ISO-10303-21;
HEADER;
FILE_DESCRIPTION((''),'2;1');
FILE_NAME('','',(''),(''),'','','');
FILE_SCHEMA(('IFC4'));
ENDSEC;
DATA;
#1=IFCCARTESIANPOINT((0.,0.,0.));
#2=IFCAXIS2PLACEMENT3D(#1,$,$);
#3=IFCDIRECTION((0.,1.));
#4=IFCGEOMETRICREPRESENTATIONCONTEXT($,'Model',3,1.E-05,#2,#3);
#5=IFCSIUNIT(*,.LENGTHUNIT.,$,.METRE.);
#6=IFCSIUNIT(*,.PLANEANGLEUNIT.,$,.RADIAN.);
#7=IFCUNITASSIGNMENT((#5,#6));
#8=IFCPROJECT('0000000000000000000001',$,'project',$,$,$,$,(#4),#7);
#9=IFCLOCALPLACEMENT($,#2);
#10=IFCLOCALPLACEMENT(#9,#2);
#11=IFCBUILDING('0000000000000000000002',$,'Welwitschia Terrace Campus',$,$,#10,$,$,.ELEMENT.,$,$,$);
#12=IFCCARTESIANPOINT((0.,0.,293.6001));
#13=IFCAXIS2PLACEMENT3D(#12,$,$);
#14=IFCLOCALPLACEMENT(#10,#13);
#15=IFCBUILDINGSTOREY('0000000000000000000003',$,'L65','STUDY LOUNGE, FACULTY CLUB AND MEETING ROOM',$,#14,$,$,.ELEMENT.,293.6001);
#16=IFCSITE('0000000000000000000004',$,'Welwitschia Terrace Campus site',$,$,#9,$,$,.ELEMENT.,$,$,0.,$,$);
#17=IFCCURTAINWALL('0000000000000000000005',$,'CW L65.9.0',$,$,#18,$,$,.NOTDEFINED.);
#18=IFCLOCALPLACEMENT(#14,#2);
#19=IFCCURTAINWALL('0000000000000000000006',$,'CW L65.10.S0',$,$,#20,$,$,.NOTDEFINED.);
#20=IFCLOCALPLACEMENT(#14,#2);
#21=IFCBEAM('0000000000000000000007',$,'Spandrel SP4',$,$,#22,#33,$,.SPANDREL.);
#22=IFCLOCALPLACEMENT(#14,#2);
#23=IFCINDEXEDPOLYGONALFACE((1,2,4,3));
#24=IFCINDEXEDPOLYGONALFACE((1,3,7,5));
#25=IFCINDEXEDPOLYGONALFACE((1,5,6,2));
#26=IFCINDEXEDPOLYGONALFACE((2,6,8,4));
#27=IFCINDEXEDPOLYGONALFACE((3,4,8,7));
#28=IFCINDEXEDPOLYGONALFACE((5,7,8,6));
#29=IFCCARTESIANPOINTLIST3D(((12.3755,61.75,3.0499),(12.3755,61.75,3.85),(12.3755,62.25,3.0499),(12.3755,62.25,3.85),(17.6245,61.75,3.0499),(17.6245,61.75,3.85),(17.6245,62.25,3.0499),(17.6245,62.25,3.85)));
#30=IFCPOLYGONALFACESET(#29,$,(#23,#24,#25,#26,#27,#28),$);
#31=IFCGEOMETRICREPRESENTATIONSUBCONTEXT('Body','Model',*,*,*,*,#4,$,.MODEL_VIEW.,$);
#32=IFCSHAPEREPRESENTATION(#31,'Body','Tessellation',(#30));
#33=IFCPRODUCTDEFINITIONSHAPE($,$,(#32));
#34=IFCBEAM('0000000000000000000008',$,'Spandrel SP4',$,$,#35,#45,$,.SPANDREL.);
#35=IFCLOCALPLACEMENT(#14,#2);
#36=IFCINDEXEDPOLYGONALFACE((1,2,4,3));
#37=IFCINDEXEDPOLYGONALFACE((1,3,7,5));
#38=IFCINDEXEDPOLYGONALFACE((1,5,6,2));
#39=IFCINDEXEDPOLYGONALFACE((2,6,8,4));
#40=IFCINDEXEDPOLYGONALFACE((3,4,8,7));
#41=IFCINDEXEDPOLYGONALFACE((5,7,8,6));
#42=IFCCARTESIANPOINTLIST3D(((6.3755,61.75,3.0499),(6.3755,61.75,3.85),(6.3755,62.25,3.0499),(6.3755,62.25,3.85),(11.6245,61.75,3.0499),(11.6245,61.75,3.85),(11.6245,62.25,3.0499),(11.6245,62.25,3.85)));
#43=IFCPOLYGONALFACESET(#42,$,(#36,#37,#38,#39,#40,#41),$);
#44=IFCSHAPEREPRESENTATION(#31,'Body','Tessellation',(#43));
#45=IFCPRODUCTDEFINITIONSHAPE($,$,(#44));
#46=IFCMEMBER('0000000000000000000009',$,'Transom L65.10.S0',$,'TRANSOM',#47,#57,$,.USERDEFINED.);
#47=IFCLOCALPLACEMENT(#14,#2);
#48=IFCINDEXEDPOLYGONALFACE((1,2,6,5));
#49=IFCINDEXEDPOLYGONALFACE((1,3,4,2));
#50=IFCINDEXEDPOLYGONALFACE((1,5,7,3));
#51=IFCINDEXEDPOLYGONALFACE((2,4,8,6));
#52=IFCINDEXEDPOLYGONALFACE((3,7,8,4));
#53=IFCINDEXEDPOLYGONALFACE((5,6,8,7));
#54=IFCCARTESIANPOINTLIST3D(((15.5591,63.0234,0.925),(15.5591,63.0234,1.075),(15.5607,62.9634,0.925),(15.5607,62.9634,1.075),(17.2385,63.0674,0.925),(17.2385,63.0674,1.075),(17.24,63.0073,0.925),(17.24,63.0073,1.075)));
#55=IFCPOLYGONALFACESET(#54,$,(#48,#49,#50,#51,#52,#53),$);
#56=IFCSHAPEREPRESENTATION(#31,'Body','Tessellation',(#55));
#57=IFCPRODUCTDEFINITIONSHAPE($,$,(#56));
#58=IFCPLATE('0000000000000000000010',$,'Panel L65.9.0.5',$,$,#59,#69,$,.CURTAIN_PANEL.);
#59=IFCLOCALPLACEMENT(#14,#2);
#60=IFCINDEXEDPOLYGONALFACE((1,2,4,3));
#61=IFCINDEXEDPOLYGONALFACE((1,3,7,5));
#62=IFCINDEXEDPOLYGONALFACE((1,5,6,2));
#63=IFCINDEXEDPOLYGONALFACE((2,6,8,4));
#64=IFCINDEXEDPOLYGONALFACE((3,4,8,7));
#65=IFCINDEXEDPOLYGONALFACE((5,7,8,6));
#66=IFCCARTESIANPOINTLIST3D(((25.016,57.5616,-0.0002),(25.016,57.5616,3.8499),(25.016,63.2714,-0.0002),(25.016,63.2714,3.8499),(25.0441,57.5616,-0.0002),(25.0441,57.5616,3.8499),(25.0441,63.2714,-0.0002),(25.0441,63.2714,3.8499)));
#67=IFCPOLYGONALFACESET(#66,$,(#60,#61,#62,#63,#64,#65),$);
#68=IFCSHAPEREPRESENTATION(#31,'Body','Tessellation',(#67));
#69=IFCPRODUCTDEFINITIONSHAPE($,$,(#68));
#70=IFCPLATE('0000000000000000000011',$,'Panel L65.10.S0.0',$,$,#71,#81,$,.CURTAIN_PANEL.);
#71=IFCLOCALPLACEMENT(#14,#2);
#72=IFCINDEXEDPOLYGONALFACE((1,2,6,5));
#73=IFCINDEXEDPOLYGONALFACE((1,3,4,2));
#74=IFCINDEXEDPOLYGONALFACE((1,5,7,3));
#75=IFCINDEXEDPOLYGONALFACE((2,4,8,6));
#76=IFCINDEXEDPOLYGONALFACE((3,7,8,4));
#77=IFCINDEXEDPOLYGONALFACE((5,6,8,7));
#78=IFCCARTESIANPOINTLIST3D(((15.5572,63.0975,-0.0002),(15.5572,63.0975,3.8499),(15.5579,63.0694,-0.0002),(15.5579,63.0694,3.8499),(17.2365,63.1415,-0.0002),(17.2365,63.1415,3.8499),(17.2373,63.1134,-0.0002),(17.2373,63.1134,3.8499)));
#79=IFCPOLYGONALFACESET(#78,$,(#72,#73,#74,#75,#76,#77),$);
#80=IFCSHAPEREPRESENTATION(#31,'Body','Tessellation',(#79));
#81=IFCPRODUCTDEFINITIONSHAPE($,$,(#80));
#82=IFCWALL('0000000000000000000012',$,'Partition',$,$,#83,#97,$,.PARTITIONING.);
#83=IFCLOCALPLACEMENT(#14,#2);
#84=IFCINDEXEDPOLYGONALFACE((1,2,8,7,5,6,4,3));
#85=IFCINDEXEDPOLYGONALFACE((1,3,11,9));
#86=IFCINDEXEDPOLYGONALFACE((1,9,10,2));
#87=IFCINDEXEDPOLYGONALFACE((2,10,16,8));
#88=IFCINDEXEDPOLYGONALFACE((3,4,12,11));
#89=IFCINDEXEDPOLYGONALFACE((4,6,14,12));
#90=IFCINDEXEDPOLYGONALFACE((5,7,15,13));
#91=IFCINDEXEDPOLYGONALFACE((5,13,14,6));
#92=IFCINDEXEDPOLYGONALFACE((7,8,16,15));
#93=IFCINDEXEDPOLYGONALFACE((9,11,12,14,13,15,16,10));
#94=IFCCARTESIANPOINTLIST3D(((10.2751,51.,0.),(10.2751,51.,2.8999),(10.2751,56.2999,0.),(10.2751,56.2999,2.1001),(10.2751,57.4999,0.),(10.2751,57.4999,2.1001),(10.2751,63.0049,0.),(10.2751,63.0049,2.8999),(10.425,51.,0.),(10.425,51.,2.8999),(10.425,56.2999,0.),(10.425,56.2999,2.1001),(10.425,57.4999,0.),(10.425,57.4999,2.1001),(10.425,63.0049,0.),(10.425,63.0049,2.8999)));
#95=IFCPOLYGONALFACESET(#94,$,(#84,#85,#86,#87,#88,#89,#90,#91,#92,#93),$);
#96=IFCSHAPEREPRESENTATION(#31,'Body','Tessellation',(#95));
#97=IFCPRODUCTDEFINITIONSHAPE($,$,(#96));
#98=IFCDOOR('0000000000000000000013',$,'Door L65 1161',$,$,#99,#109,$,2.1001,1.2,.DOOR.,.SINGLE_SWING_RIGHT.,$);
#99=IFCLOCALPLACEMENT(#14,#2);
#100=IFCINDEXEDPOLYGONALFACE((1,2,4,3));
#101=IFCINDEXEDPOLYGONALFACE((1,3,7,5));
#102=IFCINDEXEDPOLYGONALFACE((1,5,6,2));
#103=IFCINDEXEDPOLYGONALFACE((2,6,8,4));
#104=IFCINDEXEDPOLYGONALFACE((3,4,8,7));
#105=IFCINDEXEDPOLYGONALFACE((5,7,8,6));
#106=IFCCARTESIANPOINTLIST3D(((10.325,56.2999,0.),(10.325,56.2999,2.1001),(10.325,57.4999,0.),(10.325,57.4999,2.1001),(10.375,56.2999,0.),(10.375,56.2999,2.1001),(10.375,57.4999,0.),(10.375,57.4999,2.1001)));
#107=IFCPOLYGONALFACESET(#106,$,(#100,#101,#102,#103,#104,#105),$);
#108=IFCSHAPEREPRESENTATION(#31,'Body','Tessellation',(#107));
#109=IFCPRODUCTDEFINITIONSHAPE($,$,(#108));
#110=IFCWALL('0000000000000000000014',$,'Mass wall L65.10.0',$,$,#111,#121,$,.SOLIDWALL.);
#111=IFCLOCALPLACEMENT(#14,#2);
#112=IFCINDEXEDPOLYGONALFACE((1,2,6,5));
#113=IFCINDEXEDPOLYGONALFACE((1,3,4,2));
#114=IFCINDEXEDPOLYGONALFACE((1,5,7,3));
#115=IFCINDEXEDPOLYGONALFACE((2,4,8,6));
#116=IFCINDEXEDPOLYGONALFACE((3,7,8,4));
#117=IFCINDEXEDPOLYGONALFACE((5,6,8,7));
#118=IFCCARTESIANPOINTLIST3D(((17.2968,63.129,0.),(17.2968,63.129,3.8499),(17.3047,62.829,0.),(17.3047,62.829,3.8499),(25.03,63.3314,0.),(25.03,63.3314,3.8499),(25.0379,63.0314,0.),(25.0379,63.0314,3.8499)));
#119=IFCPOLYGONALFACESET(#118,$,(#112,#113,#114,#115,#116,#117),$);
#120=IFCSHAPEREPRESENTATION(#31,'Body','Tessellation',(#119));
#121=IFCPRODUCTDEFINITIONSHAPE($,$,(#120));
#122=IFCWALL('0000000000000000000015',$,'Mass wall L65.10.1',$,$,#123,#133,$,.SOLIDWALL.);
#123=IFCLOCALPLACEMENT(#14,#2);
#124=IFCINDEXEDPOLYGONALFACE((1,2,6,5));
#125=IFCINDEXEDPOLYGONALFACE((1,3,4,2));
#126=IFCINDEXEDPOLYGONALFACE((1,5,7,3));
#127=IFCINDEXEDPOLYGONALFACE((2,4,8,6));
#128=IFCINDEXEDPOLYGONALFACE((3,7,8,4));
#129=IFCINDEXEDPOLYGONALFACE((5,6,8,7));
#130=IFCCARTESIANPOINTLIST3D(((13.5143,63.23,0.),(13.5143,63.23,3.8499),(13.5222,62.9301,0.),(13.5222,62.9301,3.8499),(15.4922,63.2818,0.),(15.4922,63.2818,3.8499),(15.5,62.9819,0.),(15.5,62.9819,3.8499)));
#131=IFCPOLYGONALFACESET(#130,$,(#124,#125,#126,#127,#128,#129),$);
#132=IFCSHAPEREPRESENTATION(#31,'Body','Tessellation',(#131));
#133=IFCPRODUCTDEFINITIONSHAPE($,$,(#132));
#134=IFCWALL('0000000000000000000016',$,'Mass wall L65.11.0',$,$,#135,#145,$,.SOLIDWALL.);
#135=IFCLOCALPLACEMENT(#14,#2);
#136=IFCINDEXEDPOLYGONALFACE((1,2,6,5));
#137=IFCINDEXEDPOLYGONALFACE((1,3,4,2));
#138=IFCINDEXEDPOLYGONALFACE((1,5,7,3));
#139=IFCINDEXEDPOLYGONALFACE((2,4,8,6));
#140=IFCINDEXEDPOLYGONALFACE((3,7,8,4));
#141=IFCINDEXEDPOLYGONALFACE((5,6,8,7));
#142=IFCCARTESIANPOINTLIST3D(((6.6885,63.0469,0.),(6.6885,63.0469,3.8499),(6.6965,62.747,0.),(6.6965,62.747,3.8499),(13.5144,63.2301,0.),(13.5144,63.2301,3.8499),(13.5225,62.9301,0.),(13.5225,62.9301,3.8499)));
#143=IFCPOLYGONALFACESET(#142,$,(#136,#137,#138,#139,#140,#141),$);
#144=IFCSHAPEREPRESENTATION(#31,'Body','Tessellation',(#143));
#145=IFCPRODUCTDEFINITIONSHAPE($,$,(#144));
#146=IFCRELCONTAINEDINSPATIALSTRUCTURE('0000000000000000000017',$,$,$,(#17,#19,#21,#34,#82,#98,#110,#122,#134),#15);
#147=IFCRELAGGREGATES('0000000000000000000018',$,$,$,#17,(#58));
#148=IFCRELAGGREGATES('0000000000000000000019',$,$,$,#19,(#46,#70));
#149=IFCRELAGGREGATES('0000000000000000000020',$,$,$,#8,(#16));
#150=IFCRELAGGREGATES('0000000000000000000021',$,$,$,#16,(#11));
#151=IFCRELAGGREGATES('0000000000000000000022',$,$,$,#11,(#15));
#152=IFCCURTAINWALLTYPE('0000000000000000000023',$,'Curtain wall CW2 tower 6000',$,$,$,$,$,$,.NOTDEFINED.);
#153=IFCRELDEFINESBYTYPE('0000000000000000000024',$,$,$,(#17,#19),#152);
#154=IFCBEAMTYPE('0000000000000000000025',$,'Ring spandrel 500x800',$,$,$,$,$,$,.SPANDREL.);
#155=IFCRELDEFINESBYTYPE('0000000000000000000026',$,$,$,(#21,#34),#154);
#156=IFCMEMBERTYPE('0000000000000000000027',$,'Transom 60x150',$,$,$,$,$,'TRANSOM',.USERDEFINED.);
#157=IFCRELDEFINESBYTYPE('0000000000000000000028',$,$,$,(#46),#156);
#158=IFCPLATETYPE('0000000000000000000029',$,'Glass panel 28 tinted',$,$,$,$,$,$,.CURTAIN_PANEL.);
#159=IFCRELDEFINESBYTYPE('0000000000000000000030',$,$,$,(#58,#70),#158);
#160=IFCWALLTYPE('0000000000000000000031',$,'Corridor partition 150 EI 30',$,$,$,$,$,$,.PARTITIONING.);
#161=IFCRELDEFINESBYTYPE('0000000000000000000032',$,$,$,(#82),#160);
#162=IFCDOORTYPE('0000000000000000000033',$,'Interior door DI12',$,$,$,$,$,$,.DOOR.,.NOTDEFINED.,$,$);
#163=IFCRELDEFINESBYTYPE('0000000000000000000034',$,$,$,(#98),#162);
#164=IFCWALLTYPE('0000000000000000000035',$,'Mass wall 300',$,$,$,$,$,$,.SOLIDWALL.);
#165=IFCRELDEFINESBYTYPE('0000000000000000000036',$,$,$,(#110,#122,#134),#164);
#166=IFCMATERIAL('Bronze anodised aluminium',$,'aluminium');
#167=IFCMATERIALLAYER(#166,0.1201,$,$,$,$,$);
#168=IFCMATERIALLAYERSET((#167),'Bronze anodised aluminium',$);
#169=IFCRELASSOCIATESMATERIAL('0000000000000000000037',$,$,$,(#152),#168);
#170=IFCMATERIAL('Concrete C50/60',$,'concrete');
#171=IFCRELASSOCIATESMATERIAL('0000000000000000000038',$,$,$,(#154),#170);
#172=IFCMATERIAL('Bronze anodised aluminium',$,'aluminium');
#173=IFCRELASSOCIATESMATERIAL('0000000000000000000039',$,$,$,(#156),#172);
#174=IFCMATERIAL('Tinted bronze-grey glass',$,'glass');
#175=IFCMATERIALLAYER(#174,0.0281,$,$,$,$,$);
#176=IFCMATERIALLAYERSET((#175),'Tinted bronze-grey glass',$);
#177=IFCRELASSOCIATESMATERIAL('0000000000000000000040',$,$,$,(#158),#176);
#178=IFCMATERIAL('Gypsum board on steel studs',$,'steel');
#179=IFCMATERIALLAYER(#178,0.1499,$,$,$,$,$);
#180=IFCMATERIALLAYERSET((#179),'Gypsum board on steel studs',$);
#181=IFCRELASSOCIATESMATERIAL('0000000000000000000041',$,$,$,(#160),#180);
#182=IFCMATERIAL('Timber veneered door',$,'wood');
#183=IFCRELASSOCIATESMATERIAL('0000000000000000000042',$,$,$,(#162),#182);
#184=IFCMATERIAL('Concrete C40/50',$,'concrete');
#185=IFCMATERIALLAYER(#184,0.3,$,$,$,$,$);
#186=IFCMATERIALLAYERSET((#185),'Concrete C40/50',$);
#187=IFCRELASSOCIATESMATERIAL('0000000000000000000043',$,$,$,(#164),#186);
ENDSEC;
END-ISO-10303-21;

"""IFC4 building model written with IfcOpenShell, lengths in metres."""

from ifc_helpers import new_model, si_unit, direction, frame, frame_2d, origin, origin_2d, place, context, subcontext, project, spatial, rectangle, extrude, material, layer, layer_set, material_profile, profile_set, type_object, element, fill, aggregate, save


model = new_model("IFC4")

# Units and contexts
model_context = context("Model", 3, precision=1e-05, world=origin(), true_north=direction((0.0, 1.0)))
body_context = subcontext(model_context, "Body", "Model", "MODEL_VIEW")
ifc_project = project(units=[si_unit("LENGTHUNIT", "METRE"), si_unit("PLANEANGLEUNIT", "RADIAN")], contexts=[model_context])

# Site, building, storey
site_placement = place(None, origin())
site = spatial("IfcSite", under=ifc_project, at=site_placement, Name="Welwitschia Terrace Campus site", CompositionType="ELEMENT", RefElevation=0.0)
building_placement = place(site_placement, origin())
building = spatial("IfcBuilding", under=site, at=building_placement, Name="Welwitschia Terrace Campus", CompositionType="ELEMENT")
storey_placement = place(building_placement, frame((0.0, 0.0, 293.6001)))
storey = spatial("IfcBuildingStorey", under=building, at=storey_placement, Name="L65", Description="STUDY LOUNGE, FACULTY CLUB AND MEETING ROOM", CompositionType="ELEMENT", Elevation=293.6001)

# Curtain walls
ifc_material_1 = material(Name="Bronze anodised aluminium", Category="aluminium")
ifc_layer_1 = layer(ifc_material_1, 0.1201)
ifc_layer_set_1 = layer_set([ifc_layer_1], Name="Bronze anodised aluminium")
curtain_wall_type = type_object("IfcCurtainWallType", Name="Curtain wall CW2 tower 6000", PredefinedType="NOTDEFINED", material=ifc_layer_set_1)
curtain_wall_1_placement = place(storey_placement, origin())
curtain_wall_1 = element("IfcCurtainWall", 1, at=curtain_wall_1_placement, inside=storey, type_object=curtain_wall_type, Name="CW L65.9.0", PredefinedType="NOTDEFINED")
curtain_wall_2_placement = place(storey_placement, origin())
curtain_wall_2 = element("IfcCurtainWall", 2, at=curtain_wall_2_placement, inside=storey, type_object=curtain_wall_type, Name="CW L65.10.S0", PredefinedType="NOTDEFINED")

# Beams
ifc_material_2 = material(Name="Concrete C50/60", Category="concrete")
ifc_material_profile_1 = material_profile(ifc_material_2, rectangle(XDim=0.5, YDim=0.8, at=origin_2d()))
ifc_profile_set_1 = profile_set([ifc_material_profile_1], Name="Concrete C50/60")
beam_type_1 = type_object("IfcBeamType", Name="Ring spandrel 500x800", PredefinedType="SPANDREL", material=ifc_profile_set_1)
for number, where, z_axis, x_axis, name in (
    (3, (17.6245, 62.0, 3.45), (-1.0, 0.0, 0.0), (0.0, -1.0, 0.0), "Spandrel SP4"),
    (4, (11.6245, 62.0, 3.45), (-1.0, 0.0, 0.0), (0.0, -1.0, 0.0), "Spandrel SP4"),
):
    element("IfcBeam", number, at=place(storey_placement, frame(where, z_axis=z_axis, x_axis=x_axis)), inside=storey, type_object=beam_type_1, Name=name, PredefinedType="SPANDREL", context=body_context, shape_type="SweptSolid", body=[
        extrude(rectangle(XDim=0.5, YDim=0.8, at=origin_2d()), origin(), (0.0, 0.0, 1.0), 5.249),
    ])

# Member
ifc_material_3 = material(Name="Bronze anodised aluminium", Category="aluminium")
ifc_material_profile_2 = material_profile(ifc_material_3, rectangle(XDim=0.0601, YDim=0.1499, at=origin_2d()))
ifc_profile_set_2 = profile_set([ifc_material_profile_2], Name="Bronze anodised aluminium")
member_type_1 = type_object("IfcMemberType", Name="Transom 60x150", ElementType="TRANSOM", PredefinedType="USERDEFINED", material=ifc_profile_set_2)
member_1_placement = place(storey_placement, frame((17.2393, 63.0374, 1.0), z_axis=(-0.999658, -0.026158, 0.0), x_axis=(0.026158, -0.999658, 0.0)))
member_1 = element("IfcMember", 5, at=member_1_placement, type_object=member_type_1, Name="Transom L65.10.S0", ObjectType="TRANSOM", PredefinedType="USERDEFINED", context=body_context, shape_type="SweptSolid", body=[
    extrude(rectangle(XDim=0.0601, YDim=0.1499, at=origin_2d()), origin(), (0.0, 0.0, 1.0), 1.6799),
])

# Plates
ifc_material_4 = material(Name="Tinted bronze-grey glass", Category="glass")
ifc_layer_2 = layer(ifc_material_4, 0.0281)
ifc_layer_set_2 = layer_set([ifc_layer_2], Name="Tinted bronze-grey glass")
plate_type = type_object("IfcPlateType", Name="Glass panel 28 tinted", PredefinedType="CURTAIN_PANEL", material=ifc_layer_set_2)
plate_1_placement = place(storey_placement, frame((25.03, 60.4165, -0.0002), z_axis=(0.0, 0.0, 1.0), x_axis=(0.0, 1.0, 0.0)))
plate_1 = element("IfcPlate", 6, at=plate_1_placement, type_object=plate_type, Name="Panel L65.9.0.5", PredefinedType="CURTAIN_PANEL", context=body_context, shape_type="SweptSolid", body=[
    extrude(rectangle(XDim=5.7097, YDim=0.0281, at=origin_2d()), origin(), (0.0, 0.0, 1.0), 3.8501),
])
aggregate(curtain_wall_1, [plate_1])
plate_2_placement = place(storey_placement, frame((16.3972, 63.1055, -0.0002), z_axis=(0.0, 0.0, 1.0), x_axis=(-0.999657, -0.026177, 0.0)))
plate_2 = element("IfcPlate", 7, at=plate_2_placement, type_object=plate_type, Name="Panel L65.10.S0.0", PredefinedType="CURTAIN_PANEL", context=body_context, shape_type="SweptSolid", body=[
    extrude(rectangle(XDim=1.6799, YDim=0.0281, at=origin_2d()), origin(), (0.0, 0.0, 1.0), 3.8501),
])
aggregate(curtain_wall_2, [member_1, plate_2])

# Wall, opening, door
ifc_material_5 = material(Name="Gypsum board on steel studs", Category="steel")
ifc_layer_3 = layer(ifc_material_5, 0.1499)
ifc_layer_set_3 = layer_set([ifc_layer_3], Name="Gypsum board on steel studs")
wall_type_1 = type_object("IfcWallType", Name="Corridor partition 150 EI 30", PredefinedType="PARTITIONING", material=ifc_layer_set_3)
wall_1_placement = place(storey_placement, frame((10.3501, 63.0049, 0.0), z_axis=(0.0, 0.0, 1.0), x_axis=(0.0, -1.0, 0.0)))
wall_1 = element("IfcWall", 8, at=wall_1_placement, inside=storey, type_object=wall_type_1, Name="Partition", PredefinedType="PARTITIONING", context=body_context, shape_type="SweptSolid", body=[
    extrude(rectangle(XDim=12.0049, YDim=0.1499, at=frame_2d((6.0024, 0.0))), origin(), (0.0, 0.0, 1.0), 2.8999),
])
opening_placement = place(wall_1_placement, frame((5.5049, 0.0, 0.0)))
opening = element("IfcOpeningElement", 9, at=opening_placement, cuts=wall_1, PredefinedType="OPENING", context=body_context, shape_type="SweptSolid", body=[
    extrude(rectangle(XDim=1.2, YDim=2.1001, at=frame_2d((0.6001, 1.05))), frame((0.0, 0.085, 0.0), z_axis=(0.0, -1.0, 0.0), x_axis=(1.0, 0.0, 0.0)), (0.0, 0.0, 1.0), 0.1699),
])
ifc_material_6 = material(Name="Timber veneered door", Category="wood")
door_type = type_object("IfcDoorType", Name="Interior door DI12", OperationType="NOTDEFINED", PredefinedType="DOOR", material=ifc_material_6)
door_placement = place(opening_placement, origin())
door = element("IfcDoor", 10, at=door_placement, inside=storey, type_object=door_type, Name="Door L65 1161", OperationType="SINGLE_SWING_RIGHT", OverallHeight=2.1001, OverallWidth=1.2, PredefinedType="DOOR", context=body_context, shape_type="SweptSolid", body=[
    extrude(rectangle(XDim=1.2, YDim=2.1001, at=frame_2d((0.6001, 1.05))), frame((0.0, 0.0249, 0.0), z_axis=(0.0, -1.0, 0.0), x_axis=(1.0, 0.0, 0.0)), (0.0, 0.0, 1.0), 0.05),
])
fill(opening, door)

# Walls
ifc_material_7 = material(Name="Concrete C40/50", Category="concrete")
ifc_layer_4 = layer(ifc_material_7, 0.3)
ifc_layer_set_4 = layer_set([ifc_layer_4], Name="Concrete C40/50")
wall_type_2 = type_object("IfcWallType", Name="Mass wall 300", PredefinedType="SOLIDWALL", material=ifc_layer_set_4)
wall_2_placement = place(storey_placement, frame((25.0339, 63.1814, 0.0), z_axis=(0.0, 0.0, 1.0), x_axis=(-0.999658, -0.026163, 0.0)))
element("IfcWall", 11, at=wall_2_placement, inside=storey, type_object=wall_type_2, Name="Mass wall L65.10.0", PredefinedType="SOLIDWALL", context=body_context, shape_type="SweptSolid", body=[
    extrude(rectangle(XDim=7.7358, YDim=0.3, at=frame_2d((3.8679, 0.0))), origin(), (0.0, 0.0, 1.0), 3.8499),
])
wall_3_placement = place(storey_placement, frame((15.4961, 63.1318, 0.0), z_axis=(0.0, 0.0, 1.0), x_axis=(-0.999658, -0.026161, 0.0)))
element("IfcWall", 12, at=wall_3_placement, inside=storey, type_object=wall_type_2, Name="Mass wall L65.10.1", PredefinedType="SOLIDWALL", context=body_context, shape_type="SweptSolid", body=[
    extrude(rectangle(XDim=1.9785, YDim=0.3, at=frame_2d((0.9893, 0.0))), origin(), (0.0, 0.0, 1.0), 3.8499),
])
wall_4_placement = place(storey_placement, frame((13.5183, 63.0801, 0.0), z_axis=(0.0, 0.0, 1.0), x_axis=(-0.99964, -0.026815, 0.0)))
element("IfcWall", 13, at=wall_4_placement, inside=storey, type_object=wall_type_2, Name="Mass wall L65.11.0", PredefinedType="SOLIDWALL", context=body_context, shape_type="SweptSolid", body=[
    extrude(rectangle(XDim=6.8284, YDim=0.3, at=frame_2d((3.4141, 0.0))), origin(), (0.0, 0.0, 1.0), 3.8499),
])

save(model, "model.ifc")
